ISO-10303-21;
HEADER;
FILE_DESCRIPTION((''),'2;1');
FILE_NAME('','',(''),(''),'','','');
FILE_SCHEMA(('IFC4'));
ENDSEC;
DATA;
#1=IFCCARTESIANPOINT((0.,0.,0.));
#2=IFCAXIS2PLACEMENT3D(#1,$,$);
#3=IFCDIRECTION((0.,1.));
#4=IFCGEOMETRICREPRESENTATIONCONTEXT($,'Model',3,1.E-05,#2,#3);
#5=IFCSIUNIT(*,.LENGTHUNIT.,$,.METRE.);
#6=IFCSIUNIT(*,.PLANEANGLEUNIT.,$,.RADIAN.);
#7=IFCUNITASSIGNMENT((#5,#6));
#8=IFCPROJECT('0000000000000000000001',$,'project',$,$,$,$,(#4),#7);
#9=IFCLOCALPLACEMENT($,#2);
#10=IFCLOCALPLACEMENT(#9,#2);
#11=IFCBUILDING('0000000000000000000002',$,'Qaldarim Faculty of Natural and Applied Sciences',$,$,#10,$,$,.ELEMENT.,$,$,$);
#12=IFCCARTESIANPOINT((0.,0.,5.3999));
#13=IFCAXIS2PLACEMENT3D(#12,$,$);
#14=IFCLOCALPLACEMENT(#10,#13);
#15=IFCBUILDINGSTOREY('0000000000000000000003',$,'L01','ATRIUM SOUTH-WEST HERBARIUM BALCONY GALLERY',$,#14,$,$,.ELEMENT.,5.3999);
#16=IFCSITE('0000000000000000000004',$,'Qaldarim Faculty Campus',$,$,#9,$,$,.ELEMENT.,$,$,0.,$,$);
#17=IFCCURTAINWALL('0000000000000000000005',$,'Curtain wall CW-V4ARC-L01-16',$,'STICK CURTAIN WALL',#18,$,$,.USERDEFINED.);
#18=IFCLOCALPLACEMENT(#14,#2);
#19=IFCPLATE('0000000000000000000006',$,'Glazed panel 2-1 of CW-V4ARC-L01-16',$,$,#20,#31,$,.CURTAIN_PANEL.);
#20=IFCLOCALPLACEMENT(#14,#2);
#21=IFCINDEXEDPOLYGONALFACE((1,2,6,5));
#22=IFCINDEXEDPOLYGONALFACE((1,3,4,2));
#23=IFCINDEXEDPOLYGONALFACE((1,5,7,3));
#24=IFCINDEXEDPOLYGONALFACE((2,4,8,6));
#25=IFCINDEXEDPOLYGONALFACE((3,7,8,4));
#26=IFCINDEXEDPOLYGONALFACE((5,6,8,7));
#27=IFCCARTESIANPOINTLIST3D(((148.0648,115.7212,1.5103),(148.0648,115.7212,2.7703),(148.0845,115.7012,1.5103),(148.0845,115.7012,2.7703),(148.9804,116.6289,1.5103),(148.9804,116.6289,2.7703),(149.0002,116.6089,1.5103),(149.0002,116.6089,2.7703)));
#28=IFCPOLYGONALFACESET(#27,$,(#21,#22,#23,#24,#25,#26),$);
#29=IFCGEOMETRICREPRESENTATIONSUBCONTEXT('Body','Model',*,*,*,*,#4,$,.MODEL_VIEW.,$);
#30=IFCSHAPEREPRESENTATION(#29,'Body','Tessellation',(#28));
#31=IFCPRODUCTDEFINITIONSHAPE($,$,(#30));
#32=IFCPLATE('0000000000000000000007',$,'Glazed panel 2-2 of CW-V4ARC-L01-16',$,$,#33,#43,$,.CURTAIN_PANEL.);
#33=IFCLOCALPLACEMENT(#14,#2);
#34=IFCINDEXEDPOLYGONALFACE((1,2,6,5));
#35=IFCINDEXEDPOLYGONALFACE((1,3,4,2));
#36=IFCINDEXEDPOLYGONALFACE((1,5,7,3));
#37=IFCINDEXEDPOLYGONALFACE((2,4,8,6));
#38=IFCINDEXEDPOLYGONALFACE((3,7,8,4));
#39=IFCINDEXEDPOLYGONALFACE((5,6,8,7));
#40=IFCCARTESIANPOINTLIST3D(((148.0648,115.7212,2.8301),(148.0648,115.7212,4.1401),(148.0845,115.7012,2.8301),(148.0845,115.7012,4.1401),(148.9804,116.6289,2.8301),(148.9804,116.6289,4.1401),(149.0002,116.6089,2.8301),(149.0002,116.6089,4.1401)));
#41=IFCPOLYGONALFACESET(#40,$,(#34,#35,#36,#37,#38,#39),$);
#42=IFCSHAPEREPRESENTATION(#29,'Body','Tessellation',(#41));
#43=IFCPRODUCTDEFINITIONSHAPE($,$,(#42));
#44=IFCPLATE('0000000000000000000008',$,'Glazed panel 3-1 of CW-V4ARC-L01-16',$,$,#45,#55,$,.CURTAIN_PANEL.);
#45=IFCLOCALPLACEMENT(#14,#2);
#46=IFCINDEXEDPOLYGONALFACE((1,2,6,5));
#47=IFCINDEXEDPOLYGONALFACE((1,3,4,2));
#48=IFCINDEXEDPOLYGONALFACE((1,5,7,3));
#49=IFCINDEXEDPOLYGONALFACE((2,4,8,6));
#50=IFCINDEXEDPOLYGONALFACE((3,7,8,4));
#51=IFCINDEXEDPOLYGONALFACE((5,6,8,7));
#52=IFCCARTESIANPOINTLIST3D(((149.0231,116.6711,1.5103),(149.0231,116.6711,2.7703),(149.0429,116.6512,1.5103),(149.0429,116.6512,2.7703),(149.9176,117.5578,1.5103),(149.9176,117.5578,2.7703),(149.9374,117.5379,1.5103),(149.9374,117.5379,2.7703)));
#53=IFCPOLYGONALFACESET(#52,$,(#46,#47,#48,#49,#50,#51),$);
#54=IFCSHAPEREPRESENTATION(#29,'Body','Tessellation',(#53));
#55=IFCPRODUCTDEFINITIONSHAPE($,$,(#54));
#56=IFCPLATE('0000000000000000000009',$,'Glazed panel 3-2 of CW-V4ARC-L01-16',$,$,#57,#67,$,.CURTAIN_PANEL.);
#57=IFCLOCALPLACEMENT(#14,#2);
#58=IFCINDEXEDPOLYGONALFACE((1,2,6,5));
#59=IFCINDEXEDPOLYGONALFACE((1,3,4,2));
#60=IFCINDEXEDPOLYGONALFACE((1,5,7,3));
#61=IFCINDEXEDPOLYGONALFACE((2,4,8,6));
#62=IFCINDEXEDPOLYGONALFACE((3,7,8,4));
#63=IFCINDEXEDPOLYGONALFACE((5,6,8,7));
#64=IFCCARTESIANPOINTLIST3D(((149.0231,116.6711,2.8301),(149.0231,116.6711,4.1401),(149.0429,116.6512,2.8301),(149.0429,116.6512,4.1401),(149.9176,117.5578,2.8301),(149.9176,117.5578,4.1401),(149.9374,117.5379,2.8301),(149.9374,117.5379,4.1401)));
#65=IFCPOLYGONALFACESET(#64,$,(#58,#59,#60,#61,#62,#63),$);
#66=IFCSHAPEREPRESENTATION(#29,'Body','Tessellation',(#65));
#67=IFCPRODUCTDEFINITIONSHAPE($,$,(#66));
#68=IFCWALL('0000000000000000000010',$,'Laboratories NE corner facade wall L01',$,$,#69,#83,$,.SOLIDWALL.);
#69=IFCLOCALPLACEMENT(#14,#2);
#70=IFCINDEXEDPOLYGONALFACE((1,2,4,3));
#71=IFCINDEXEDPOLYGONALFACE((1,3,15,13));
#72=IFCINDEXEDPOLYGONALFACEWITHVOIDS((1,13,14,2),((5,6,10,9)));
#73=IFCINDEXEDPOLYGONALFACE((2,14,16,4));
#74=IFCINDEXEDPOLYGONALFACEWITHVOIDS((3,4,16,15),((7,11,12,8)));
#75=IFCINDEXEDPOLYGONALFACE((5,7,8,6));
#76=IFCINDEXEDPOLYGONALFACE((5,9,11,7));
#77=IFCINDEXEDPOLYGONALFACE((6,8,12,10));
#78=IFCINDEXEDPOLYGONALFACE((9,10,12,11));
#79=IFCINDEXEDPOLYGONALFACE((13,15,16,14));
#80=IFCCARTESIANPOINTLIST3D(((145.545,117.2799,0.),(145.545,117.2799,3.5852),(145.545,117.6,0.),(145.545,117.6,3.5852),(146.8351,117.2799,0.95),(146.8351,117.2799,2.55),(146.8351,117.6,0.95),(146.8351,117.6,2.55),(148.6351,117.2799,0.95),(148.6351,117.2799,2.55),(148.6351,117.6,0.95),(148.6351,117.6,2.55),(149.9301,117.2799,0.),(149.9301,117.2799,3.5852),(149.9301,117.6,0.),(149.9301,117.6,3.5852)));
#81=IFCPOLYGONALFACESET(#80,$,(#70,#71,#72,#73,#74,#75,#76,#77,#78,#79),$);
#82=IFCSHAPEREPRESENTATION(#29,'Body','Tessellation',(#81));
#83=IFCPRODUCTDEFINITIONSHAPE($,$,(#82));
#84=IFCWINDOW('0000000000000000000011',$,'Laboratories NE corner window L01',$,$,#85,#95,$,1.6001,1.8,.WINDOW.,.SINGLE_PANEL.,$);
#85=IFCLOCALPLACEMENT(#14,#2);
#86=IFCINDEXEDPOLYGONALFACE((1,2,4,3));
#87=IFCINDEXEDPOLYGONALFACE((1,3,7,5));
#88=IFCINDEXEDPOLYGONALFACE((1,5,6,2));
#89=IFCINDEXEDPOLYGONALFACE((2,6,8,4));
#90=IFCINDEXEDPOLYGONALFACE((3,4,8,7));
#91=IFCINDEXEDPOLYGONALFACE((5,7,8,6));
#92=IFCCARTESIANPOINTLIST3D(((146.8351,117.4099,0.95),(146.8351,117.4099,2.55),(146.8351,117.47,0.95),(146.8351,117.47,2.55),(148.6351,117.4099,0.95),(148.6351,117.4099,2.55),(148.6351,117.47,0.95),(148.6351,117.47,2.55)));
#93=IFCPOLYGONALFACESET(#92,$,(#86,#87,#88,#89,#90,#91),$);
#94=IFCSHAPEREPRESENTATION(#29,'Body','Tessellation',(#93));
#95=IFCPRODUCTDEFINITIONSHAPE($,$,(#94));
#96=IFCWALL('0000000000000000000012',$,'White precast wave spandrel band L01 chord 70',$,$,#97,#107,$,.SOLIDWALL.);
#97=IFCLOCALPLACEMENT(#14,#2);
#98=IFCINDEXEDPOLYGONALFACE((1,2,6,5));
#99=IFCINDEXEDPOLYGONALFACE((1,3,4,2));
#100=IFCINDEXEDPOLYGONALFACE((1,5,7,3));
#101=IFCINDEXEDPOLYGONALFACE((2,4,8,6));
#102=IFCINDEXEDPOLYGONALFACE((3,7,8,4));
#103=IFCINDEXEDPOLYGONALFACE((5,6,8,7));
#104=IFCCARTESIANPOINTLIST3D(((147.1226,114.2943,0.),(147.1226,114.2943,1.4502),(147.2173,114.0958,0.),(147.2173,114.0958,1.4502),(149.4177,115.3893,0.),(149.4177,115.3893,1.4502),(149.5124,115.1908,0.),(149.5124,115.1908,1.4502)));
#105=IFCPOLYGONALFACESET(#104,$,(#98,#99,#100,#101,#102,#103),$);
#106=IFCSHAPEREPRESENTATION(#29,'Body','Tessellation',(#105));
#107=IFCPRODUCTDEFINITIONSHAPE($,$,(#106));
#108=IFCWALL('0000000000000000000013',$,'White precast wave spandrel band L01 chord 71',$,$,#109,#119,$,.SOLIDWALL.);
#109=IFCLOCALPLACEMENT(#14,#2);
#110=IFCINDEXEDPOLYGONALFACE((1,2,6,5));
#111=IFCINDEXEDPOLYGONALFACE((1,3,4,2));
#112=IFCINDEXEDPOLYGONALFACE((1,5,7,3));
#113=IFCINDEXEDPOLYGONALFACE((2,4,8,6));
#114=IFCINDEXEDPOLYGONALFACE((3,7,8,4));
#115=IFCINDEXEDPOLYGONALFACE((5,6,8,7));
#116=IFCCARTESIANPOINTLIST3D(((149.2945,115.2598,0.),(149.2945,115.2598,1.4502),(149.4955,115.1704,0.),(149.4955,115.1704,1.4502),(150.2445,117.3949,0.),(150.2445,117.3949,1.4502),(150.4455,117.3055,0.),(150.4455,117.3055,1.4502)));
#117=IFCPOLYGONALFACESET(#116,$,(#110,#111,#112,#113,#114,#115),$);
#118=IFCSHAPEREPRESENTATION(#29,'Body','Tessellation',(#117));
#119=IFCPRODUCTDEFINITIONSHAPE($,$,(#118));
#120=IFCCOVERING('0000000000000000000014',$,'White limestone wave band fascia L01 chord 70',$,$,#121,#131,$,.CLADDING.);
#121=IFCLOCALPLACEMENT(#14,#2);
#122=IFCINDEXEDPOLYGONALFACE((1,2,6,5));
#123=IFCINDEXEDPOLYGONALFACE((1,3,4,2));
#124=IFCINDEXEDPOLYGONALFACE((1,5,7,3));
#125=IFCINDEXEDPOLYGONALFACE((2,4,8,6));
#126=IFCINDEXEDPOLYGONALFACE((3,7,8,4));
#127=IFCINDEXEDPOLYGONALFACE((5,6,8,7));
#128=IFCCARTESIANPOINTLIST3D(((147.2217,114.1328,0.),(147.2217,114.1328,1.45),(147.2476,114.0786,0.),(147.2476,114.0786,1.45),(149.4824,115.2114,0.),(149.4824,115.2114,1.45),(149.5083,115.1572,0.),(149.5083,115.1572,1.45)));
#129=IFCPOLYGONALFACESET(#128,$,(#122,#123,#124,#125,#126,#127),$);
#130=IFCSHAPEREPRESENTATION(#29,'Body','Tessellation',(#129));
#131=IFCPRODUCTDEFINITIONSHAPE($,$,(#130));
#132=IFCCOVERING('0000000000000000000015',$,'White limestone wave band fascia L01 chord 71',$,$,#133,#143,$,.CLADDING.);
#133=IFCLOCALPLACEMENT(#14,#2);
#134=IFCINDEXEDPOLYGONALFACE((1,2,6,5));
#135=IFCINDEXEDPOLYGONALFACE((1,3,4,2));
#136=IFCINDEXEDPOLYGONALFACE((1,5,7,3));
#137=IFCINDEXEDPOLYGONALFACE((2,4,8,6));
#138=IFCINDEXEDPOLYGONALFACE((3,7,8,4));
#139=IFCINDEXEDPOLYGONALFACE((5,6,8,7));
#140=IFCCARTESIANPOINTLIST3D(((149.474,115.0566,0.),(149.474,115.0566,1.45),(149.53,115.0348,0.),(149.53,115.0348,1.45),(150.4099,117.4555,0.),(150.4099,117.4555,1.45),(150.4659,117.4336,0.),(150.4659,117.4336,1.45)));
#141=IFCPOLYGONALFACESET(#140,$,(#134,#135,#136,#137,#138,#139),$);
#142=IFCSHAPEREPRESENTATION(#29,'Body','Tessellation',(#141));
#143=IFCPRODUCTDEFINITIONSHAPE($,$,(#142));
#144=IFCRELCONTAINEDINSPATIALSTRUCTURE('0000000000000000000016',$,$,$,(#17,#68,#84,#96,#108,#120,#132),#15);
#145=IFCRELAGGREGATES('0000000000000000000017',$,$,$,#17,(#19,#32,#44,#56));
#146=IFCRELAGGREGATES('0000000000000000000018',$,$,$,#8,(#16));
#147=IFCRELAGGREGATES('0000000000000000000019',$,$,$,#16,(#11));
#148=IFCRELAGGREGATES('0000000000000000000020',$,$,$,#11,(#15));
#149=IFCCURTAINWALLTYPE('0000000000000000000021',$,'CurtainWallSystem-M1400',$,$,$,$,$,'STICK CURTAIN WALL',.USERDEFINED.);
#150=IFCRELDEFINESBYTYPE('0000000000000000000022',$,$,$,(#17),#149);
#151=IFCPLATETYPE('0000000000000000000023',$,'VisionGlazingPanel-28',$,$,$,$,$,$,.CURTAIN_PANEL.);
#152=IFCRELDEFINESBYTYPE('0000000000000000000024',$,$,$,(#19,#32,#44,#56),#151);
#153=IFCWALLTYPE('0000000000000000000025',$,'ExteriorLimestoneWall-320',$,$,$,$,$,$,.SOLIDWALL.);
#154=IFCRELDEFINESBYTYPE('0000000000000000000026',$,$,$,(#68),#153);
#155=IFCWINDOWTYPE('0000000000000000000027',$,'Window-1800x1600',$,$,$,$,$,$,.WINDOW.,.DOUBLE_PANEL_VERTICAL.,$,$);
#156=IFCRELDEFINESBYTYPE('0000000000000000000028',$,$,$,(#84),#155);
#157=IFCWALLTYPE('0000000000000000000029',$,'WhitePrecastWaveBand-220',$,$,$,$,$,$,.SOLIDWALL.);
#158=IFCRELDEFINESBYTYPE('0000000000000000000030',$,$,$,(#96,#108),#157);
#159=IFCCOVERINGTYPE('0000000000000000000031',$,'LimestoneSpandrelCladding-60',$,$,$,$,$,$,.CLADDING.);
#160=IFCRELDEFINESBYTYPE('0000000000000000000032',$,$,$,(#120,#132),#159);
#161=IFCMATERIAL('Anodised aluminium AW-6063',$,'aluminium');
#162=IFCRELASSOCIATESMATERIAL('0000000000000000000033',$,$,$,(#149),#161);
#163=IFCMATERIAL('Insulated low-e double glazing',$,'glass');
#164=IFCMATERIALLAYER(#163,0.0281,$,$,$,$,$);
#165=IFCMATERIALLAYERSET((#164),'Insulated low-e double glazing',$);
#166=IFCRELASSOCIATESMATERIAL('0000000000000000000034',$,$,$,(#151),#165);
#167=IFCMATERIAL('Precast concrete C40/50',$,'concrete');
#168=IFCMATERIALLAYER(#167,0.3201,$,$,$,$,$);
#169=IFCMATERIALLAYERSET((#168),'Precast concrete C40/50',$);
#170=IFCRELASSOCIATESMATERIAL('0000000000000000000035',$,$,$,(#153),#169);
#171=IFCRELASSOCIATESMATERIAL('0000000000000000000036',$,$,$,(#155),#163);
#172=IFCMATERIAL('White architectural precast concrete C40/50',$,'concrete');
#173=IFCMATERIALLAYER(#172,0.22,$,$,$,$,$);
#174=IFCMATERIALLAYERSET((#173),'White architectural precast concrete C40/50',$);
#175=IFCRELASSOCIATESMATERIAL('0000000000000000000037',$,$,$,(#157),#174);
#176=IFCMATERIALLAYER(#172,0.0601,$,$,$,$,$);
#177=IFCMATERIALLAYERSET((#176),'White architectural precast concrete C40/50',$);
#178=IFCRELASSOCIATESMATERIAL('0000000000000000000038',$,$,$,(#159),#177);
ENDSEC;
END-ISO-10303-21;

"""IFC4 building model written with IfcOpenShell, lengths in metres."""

from ifc_helpers import new_model, si_unit, direction, frame, frame_2d, origin, origin_2d, place, context, subcontext, project, spatial, rectangle, extrude, material, layer, layer_set, type_object, element, fill, aggregate, save


model = new_model("IFC4")

# Units and contexts
model_context = context("Model", 3, precision=1e-05, world=origin(), true_north=direction((0.0, 1.0)))
body_context = subcontext(model_context, "Body", "Model", "MODEL_VIEW")
ifc_project = project(units=[si_unit("LENGTHUNIT", "METRE"), si_unit("PLANEANGLEUNIT", "RADIAN")], contexts=[model_context])

# Site, building, storey
site_placement = place(None, origin())
site = spatial("IfcSite", under=ifc_project, at=site_placement, Name="Qaldarim Faculty Campus", CompositionType="ELEMENT", RefElevation=0.0)
building_placement = place(site_placement, origin())
building = spatial("IfcBuilding", under=site, at=building_placement, Name="Qaldarim Faculty of Natural and Applied Sciences", CompositionType="ELEMENT")
storey_placement = place(building_placement, frame((0.0, 0.0, 5.3999)))
storey = spatial("IfcBuildingStorey", under=building, at=storey_placement, Name="L01", Description="ATRIUM SOUTH-WEST HERBARIUM BALCONY GALLERY", CompositionType="ELEMENT", Elevation=5.3999)

# Curtain wall, plates
ifc_material_1 = material(Name="Anodised aluminium AW-6063", Category="aluminium")
curtain_wall_type = type_object("IfcCurtainWallType", Name="CurtainWallSystem-M1400", ElementType="STICK CURTAIN WALL", PredefinedType="USERDEFINED", material=ifc_material_1)
curtain_wall_placement = place(storey_placement, origin())
curtain_wall = element("IfcCurtainWall", 1, at=curtain_wall_placement, inside=storey, type_object=curtain_wall_type, Name="Curtain wall CW-V4ARC-L01-16", ObjectType="STICK CURTAIN WALL", PredefinedType="USERDEFINED")
ifc_material_2 = material(Name="Insulated low-e double glazing", Category="glass")
ifc_layer_1 = layer(ifc_material_2, 0.0281)
ifc_layer_set_1 = layer_set([ifc_layer_1], Name="Insulated low-e double glazing")
plate_type = type_object("IfcPlateType", Name="VisionGlazingPanel-28", PredefinedType="CURTAIN_PANEL", material=ifc_layer_set_1)
plate_1_placement = place(storey_placement, frame((148.5325, 116.165, 1.5103), z_axis=(0.0, 0.0, 1.0), x_axis=(0.710185, 0.704015, 0.0)))
plate_1 = element("IfcPlate", 2, at=plate_1_placement, type_object=plate_type, Name="Glazed panel 2-1 of CW-V4ARC-L01-16", PredefinedType="CURTAIN_PANEL", context=body_context, shape_type="SweptSolid", body=[
    extrude(rectangle(XDim=1.2893, YDim=0.0281, at=origin_2d()), origin(), (0.0, 0.0, 1.0), 1.26),
])
plate_2_placement = place(storey_placement, frame((148.5325, 116.165, 2.8301), z_axis=(0.0, 0.0, 1.0), x_axis=(0.710185, 0.704015, 0.0)))
plate_2 = element("IfcPlate", 3, at=plate_2_placement, type_object=plate_type, Name="Glazed panel 2-2 of CW-V4ARC-L01-16", PredefinedType="CURTAIN_PANEL", context=body_context, shape_type="SweptSolid", body=[
    extrude(rectangle(XDim=1.2893, YDim=0.0281, at=origin_2d()), origin(), (0.0, 0.0, 1.0), 1.3101),
])
plate_3_placement = place(storey_placement, frame((149.4802, 117.1045, 1.5103), z_axis=(0.0, 0.0, 1.0), x_axis=(0.710185, 0.704015, 0.0)))
plate_3 = element("IfcPlate", 4, at=plate_3_placement, type_object=plate_type, Name="Glazed panel 3-1 of CW-V4ARC-L01-16", PredefinedType="CURTAIN_PANEL", context=body_context, shape_type="SweptSolid", body=[
    extrude(rectangle(XDim=1.2595, YDim=0.0281, at=origin_2d()), origin(), (0.0, 0.0, 1.0), 1.26),
])
plate_4_placement = place(storey_placement, frame((149.4802, 117.1045, 2.8301), z_axis=(0.0, 0.0, 1.0), x_axis=(0.710185, 0.704015, 0.0)))
plate_4 = element("IfcPlate", 5, at=plate_4_placement, type_object=plate_type, Name="Glazed panel 3-2 of CW-V4ARC-L01-16", PredefinedType="CURTAIN_PANEL", context=body_context, shape_type="SweptSolid", body=[
    extrude(rectangle(XDim=1.2595, YDim=0.0281, at=origin_2d()), origin(), (0.0, 0.0, 1.0), 1.3101),
])
aggregate(curtain_wall, [plate_1, plate_2, plate_3, plate_4])

# Wall, opening, window
ifc_material_3 = material(Name="Precast concrete C40/50", Category="concrete")
ifc_layer_2 = layer(ifc_material_3, 0.3201)
ifc_layer_set_2 = layer_set([ifc_layer_2], Name="Precast concrete C40/50")
wall_type_1 = type_object("IfcWallType", Name="ExteriorLimestoneWall-320", PredefinedType="SOLIDWALL", material=ifc_layer_set_2)
wall_1_placement = place(storey_placement, frame((149.9299, 117.4399, 0.0), z_axis=(0.0, 0.0, 1.0), x_axis=(-1.0, 0.0, 0.0)))
wall_1 = element("IfcWall", 6, at=wall_1_placement, inside=storey, type_object=wall_type_1, Name="Laboratories NE corner facade wall L01", PredefinedType="SOLIDWALL", context=body_context, shape_type="SweptSolid", body=[
    extrude(rectangle(XDim=4.385, YDim=0.3201, at=frame_2d((2.1924, 0.0))), origin(), (0.0, 0.0, 1.0), 3.5852),
])
opening_placement = place(wall_1_placement, frame((1.2949, 0.0, 0.95)))
opening = element("IfcOpeningElement", 7, at=opening_placement, cuts=wall_1, PredefinedType="OPENING", context=body_context, shape_type="SweptSolid", body=[
    extrude(rectangle(XDim=1.8, YDim=1.6001, at=frame_2d((0.8999, 0.8))), frame((0.0, 0.1699, 0.0), z_axis=(0.0, -1.0, 0.0), x_axis=(1.0, 0.0, 0.0)), (0.0, 0.0, 1.0), 0.3401),
])
window_type = type_object("IfcWindowType", Name="Window-1800x1600", PartitioningType="DOUBLE_PANEL_VERTICAL", PredefinedType="WINDOW", material=ifc_material_2)
window_placement = place(opening_placement, origin())
window = element("IfcWindow", 8, at=window_placement, inside=storey, type_object=window_type, Name="Laboratories NE corner window L01", OverallHeight=1.6001, OverallWidth=1.8, PartitioningType="SINGLE_PANEL", PredefinedType="WINDOW", context=body_context, shape_type="SweptSolid", body=[
    extrude(rectangle(XDim=1.8, YDim=1.6001, at=frame_2d((0.8999, 0.8))), frame((0.0, 0.03, 0.0), z_axis=(0.0, -1.0, 0.0), x_axis=(1.0, 0.0, 0.0)), (0.0, 0.0, 1.0), 0.0601),
])
fill(opening, window)

# Walls
ifc_material_4 = material(Name="White architectural precast concrete C40/50", Category="concrete")
ifc_layer_3 = layer(ifc_material_4, 0.22)
ifc_layer_set_3 = layer_set([ifc_layer_3], Name="White architectural precast concrete C40/50")
wall_type_2 = type_object("IfcWallType", Name="WhitePrecastWaveBand-220", PredefinedType="SOLIDWALL", material=ifc_layer_set_3)
wall_2_placement = place(storey_placement, frame((147.1699, 114.1951, 0.0), z_axis=(0.0, 0.0, 1.0), x_axis=(0.90255, 0.430586, 0.0)))
element("IfcWall", 9, at=wall_2_placement, inside=storey, type_object=wall_type_2, Name="White precast wave spandrel band L01 chord 70", PredefinedType="SOLIDWALL", context=body_context, shape_type="SweptSolid", body=[
    extrude(rectangle(XDim=2.543, YDim=0.22, at=frame_2d((1.2715, 0.0))), origin(), (0.0, 0.0, 1.0), 1.4502),
])
wall_3_placement = place(storey_placement, frame((149.395, 115.2151, 0.0), z_axis=(0.0, 0.0, 1.0), x_axis=(0.406516, 0.913643, 0.0)))
element("IfcWall", 10, at=wall_3_placement, inside=storey, type_object=wall_type_2, Name="White precast wave spandrel band L01 chord 71", PredefinedType="SOLIDWALL", context=body_context, shape_type="SweptSolid", body=[
    extrude(rectangle(XDim=2.3369, YDim=0.22, at=frame_2d((1.1685, 0.0))), origin(), (0.0, 0.0, 1.0), 1.4502),
])

# Coverings
ifc_layer_4 = layer(ifc_material_4, 0.0601)
ifc_layer_set_4 = layer_set([ifc_layer_4], Name="White architectural precast concrete C40/50")
covering_type = type_object("IfcCoveringType", Name="LimestoneSpandrelCladding-60", PredefinedType="CLADDING", material=ifc_layer_set_4)
covering_1_placement = place(storey_placement, frame((148.365, 114.645, 0.0), z_axis=(0.0, 0.0, 1.0), x_axis=(0.902533, 0.430621, 0.0)))
element("IfcCovering", 11, at=covering_1_placement, inside=storey, type_object=covering_type, Name="White limestone wave band fascia L01 chord 70", PredefinedType="CLADDING", context=body_context, shape_type="SweptSolid", body=[
    extrude(rectangle(XDim=2.5049, YDim=0.0601, at=origin_2d()), origin(), (0.0, 0.0, 1.0), 1.45),
])
covering_2_placement = place(storey_placement, frame((149.97, 116.2451, 0.0), z_axis=(0.0, 0.0, 1.0), x_axis=(0.363463, 0.931609, 0.0)))
element("IfcCovering", 12, at=covering_2_placement, inside=storey, type_object=covering_type, Name="White limestone wave band fascia L01 chord 71", PredefinedType="CLADDING", context=body_context, shape_type="SweptSolid", body=[
    extrude(rectangle(XDim=2.575, YDim=0.0601, at=origin_2d()), origin(), (0.0, 0.0, 1.0), 1.45),
])

save(model, "model.ifc")
